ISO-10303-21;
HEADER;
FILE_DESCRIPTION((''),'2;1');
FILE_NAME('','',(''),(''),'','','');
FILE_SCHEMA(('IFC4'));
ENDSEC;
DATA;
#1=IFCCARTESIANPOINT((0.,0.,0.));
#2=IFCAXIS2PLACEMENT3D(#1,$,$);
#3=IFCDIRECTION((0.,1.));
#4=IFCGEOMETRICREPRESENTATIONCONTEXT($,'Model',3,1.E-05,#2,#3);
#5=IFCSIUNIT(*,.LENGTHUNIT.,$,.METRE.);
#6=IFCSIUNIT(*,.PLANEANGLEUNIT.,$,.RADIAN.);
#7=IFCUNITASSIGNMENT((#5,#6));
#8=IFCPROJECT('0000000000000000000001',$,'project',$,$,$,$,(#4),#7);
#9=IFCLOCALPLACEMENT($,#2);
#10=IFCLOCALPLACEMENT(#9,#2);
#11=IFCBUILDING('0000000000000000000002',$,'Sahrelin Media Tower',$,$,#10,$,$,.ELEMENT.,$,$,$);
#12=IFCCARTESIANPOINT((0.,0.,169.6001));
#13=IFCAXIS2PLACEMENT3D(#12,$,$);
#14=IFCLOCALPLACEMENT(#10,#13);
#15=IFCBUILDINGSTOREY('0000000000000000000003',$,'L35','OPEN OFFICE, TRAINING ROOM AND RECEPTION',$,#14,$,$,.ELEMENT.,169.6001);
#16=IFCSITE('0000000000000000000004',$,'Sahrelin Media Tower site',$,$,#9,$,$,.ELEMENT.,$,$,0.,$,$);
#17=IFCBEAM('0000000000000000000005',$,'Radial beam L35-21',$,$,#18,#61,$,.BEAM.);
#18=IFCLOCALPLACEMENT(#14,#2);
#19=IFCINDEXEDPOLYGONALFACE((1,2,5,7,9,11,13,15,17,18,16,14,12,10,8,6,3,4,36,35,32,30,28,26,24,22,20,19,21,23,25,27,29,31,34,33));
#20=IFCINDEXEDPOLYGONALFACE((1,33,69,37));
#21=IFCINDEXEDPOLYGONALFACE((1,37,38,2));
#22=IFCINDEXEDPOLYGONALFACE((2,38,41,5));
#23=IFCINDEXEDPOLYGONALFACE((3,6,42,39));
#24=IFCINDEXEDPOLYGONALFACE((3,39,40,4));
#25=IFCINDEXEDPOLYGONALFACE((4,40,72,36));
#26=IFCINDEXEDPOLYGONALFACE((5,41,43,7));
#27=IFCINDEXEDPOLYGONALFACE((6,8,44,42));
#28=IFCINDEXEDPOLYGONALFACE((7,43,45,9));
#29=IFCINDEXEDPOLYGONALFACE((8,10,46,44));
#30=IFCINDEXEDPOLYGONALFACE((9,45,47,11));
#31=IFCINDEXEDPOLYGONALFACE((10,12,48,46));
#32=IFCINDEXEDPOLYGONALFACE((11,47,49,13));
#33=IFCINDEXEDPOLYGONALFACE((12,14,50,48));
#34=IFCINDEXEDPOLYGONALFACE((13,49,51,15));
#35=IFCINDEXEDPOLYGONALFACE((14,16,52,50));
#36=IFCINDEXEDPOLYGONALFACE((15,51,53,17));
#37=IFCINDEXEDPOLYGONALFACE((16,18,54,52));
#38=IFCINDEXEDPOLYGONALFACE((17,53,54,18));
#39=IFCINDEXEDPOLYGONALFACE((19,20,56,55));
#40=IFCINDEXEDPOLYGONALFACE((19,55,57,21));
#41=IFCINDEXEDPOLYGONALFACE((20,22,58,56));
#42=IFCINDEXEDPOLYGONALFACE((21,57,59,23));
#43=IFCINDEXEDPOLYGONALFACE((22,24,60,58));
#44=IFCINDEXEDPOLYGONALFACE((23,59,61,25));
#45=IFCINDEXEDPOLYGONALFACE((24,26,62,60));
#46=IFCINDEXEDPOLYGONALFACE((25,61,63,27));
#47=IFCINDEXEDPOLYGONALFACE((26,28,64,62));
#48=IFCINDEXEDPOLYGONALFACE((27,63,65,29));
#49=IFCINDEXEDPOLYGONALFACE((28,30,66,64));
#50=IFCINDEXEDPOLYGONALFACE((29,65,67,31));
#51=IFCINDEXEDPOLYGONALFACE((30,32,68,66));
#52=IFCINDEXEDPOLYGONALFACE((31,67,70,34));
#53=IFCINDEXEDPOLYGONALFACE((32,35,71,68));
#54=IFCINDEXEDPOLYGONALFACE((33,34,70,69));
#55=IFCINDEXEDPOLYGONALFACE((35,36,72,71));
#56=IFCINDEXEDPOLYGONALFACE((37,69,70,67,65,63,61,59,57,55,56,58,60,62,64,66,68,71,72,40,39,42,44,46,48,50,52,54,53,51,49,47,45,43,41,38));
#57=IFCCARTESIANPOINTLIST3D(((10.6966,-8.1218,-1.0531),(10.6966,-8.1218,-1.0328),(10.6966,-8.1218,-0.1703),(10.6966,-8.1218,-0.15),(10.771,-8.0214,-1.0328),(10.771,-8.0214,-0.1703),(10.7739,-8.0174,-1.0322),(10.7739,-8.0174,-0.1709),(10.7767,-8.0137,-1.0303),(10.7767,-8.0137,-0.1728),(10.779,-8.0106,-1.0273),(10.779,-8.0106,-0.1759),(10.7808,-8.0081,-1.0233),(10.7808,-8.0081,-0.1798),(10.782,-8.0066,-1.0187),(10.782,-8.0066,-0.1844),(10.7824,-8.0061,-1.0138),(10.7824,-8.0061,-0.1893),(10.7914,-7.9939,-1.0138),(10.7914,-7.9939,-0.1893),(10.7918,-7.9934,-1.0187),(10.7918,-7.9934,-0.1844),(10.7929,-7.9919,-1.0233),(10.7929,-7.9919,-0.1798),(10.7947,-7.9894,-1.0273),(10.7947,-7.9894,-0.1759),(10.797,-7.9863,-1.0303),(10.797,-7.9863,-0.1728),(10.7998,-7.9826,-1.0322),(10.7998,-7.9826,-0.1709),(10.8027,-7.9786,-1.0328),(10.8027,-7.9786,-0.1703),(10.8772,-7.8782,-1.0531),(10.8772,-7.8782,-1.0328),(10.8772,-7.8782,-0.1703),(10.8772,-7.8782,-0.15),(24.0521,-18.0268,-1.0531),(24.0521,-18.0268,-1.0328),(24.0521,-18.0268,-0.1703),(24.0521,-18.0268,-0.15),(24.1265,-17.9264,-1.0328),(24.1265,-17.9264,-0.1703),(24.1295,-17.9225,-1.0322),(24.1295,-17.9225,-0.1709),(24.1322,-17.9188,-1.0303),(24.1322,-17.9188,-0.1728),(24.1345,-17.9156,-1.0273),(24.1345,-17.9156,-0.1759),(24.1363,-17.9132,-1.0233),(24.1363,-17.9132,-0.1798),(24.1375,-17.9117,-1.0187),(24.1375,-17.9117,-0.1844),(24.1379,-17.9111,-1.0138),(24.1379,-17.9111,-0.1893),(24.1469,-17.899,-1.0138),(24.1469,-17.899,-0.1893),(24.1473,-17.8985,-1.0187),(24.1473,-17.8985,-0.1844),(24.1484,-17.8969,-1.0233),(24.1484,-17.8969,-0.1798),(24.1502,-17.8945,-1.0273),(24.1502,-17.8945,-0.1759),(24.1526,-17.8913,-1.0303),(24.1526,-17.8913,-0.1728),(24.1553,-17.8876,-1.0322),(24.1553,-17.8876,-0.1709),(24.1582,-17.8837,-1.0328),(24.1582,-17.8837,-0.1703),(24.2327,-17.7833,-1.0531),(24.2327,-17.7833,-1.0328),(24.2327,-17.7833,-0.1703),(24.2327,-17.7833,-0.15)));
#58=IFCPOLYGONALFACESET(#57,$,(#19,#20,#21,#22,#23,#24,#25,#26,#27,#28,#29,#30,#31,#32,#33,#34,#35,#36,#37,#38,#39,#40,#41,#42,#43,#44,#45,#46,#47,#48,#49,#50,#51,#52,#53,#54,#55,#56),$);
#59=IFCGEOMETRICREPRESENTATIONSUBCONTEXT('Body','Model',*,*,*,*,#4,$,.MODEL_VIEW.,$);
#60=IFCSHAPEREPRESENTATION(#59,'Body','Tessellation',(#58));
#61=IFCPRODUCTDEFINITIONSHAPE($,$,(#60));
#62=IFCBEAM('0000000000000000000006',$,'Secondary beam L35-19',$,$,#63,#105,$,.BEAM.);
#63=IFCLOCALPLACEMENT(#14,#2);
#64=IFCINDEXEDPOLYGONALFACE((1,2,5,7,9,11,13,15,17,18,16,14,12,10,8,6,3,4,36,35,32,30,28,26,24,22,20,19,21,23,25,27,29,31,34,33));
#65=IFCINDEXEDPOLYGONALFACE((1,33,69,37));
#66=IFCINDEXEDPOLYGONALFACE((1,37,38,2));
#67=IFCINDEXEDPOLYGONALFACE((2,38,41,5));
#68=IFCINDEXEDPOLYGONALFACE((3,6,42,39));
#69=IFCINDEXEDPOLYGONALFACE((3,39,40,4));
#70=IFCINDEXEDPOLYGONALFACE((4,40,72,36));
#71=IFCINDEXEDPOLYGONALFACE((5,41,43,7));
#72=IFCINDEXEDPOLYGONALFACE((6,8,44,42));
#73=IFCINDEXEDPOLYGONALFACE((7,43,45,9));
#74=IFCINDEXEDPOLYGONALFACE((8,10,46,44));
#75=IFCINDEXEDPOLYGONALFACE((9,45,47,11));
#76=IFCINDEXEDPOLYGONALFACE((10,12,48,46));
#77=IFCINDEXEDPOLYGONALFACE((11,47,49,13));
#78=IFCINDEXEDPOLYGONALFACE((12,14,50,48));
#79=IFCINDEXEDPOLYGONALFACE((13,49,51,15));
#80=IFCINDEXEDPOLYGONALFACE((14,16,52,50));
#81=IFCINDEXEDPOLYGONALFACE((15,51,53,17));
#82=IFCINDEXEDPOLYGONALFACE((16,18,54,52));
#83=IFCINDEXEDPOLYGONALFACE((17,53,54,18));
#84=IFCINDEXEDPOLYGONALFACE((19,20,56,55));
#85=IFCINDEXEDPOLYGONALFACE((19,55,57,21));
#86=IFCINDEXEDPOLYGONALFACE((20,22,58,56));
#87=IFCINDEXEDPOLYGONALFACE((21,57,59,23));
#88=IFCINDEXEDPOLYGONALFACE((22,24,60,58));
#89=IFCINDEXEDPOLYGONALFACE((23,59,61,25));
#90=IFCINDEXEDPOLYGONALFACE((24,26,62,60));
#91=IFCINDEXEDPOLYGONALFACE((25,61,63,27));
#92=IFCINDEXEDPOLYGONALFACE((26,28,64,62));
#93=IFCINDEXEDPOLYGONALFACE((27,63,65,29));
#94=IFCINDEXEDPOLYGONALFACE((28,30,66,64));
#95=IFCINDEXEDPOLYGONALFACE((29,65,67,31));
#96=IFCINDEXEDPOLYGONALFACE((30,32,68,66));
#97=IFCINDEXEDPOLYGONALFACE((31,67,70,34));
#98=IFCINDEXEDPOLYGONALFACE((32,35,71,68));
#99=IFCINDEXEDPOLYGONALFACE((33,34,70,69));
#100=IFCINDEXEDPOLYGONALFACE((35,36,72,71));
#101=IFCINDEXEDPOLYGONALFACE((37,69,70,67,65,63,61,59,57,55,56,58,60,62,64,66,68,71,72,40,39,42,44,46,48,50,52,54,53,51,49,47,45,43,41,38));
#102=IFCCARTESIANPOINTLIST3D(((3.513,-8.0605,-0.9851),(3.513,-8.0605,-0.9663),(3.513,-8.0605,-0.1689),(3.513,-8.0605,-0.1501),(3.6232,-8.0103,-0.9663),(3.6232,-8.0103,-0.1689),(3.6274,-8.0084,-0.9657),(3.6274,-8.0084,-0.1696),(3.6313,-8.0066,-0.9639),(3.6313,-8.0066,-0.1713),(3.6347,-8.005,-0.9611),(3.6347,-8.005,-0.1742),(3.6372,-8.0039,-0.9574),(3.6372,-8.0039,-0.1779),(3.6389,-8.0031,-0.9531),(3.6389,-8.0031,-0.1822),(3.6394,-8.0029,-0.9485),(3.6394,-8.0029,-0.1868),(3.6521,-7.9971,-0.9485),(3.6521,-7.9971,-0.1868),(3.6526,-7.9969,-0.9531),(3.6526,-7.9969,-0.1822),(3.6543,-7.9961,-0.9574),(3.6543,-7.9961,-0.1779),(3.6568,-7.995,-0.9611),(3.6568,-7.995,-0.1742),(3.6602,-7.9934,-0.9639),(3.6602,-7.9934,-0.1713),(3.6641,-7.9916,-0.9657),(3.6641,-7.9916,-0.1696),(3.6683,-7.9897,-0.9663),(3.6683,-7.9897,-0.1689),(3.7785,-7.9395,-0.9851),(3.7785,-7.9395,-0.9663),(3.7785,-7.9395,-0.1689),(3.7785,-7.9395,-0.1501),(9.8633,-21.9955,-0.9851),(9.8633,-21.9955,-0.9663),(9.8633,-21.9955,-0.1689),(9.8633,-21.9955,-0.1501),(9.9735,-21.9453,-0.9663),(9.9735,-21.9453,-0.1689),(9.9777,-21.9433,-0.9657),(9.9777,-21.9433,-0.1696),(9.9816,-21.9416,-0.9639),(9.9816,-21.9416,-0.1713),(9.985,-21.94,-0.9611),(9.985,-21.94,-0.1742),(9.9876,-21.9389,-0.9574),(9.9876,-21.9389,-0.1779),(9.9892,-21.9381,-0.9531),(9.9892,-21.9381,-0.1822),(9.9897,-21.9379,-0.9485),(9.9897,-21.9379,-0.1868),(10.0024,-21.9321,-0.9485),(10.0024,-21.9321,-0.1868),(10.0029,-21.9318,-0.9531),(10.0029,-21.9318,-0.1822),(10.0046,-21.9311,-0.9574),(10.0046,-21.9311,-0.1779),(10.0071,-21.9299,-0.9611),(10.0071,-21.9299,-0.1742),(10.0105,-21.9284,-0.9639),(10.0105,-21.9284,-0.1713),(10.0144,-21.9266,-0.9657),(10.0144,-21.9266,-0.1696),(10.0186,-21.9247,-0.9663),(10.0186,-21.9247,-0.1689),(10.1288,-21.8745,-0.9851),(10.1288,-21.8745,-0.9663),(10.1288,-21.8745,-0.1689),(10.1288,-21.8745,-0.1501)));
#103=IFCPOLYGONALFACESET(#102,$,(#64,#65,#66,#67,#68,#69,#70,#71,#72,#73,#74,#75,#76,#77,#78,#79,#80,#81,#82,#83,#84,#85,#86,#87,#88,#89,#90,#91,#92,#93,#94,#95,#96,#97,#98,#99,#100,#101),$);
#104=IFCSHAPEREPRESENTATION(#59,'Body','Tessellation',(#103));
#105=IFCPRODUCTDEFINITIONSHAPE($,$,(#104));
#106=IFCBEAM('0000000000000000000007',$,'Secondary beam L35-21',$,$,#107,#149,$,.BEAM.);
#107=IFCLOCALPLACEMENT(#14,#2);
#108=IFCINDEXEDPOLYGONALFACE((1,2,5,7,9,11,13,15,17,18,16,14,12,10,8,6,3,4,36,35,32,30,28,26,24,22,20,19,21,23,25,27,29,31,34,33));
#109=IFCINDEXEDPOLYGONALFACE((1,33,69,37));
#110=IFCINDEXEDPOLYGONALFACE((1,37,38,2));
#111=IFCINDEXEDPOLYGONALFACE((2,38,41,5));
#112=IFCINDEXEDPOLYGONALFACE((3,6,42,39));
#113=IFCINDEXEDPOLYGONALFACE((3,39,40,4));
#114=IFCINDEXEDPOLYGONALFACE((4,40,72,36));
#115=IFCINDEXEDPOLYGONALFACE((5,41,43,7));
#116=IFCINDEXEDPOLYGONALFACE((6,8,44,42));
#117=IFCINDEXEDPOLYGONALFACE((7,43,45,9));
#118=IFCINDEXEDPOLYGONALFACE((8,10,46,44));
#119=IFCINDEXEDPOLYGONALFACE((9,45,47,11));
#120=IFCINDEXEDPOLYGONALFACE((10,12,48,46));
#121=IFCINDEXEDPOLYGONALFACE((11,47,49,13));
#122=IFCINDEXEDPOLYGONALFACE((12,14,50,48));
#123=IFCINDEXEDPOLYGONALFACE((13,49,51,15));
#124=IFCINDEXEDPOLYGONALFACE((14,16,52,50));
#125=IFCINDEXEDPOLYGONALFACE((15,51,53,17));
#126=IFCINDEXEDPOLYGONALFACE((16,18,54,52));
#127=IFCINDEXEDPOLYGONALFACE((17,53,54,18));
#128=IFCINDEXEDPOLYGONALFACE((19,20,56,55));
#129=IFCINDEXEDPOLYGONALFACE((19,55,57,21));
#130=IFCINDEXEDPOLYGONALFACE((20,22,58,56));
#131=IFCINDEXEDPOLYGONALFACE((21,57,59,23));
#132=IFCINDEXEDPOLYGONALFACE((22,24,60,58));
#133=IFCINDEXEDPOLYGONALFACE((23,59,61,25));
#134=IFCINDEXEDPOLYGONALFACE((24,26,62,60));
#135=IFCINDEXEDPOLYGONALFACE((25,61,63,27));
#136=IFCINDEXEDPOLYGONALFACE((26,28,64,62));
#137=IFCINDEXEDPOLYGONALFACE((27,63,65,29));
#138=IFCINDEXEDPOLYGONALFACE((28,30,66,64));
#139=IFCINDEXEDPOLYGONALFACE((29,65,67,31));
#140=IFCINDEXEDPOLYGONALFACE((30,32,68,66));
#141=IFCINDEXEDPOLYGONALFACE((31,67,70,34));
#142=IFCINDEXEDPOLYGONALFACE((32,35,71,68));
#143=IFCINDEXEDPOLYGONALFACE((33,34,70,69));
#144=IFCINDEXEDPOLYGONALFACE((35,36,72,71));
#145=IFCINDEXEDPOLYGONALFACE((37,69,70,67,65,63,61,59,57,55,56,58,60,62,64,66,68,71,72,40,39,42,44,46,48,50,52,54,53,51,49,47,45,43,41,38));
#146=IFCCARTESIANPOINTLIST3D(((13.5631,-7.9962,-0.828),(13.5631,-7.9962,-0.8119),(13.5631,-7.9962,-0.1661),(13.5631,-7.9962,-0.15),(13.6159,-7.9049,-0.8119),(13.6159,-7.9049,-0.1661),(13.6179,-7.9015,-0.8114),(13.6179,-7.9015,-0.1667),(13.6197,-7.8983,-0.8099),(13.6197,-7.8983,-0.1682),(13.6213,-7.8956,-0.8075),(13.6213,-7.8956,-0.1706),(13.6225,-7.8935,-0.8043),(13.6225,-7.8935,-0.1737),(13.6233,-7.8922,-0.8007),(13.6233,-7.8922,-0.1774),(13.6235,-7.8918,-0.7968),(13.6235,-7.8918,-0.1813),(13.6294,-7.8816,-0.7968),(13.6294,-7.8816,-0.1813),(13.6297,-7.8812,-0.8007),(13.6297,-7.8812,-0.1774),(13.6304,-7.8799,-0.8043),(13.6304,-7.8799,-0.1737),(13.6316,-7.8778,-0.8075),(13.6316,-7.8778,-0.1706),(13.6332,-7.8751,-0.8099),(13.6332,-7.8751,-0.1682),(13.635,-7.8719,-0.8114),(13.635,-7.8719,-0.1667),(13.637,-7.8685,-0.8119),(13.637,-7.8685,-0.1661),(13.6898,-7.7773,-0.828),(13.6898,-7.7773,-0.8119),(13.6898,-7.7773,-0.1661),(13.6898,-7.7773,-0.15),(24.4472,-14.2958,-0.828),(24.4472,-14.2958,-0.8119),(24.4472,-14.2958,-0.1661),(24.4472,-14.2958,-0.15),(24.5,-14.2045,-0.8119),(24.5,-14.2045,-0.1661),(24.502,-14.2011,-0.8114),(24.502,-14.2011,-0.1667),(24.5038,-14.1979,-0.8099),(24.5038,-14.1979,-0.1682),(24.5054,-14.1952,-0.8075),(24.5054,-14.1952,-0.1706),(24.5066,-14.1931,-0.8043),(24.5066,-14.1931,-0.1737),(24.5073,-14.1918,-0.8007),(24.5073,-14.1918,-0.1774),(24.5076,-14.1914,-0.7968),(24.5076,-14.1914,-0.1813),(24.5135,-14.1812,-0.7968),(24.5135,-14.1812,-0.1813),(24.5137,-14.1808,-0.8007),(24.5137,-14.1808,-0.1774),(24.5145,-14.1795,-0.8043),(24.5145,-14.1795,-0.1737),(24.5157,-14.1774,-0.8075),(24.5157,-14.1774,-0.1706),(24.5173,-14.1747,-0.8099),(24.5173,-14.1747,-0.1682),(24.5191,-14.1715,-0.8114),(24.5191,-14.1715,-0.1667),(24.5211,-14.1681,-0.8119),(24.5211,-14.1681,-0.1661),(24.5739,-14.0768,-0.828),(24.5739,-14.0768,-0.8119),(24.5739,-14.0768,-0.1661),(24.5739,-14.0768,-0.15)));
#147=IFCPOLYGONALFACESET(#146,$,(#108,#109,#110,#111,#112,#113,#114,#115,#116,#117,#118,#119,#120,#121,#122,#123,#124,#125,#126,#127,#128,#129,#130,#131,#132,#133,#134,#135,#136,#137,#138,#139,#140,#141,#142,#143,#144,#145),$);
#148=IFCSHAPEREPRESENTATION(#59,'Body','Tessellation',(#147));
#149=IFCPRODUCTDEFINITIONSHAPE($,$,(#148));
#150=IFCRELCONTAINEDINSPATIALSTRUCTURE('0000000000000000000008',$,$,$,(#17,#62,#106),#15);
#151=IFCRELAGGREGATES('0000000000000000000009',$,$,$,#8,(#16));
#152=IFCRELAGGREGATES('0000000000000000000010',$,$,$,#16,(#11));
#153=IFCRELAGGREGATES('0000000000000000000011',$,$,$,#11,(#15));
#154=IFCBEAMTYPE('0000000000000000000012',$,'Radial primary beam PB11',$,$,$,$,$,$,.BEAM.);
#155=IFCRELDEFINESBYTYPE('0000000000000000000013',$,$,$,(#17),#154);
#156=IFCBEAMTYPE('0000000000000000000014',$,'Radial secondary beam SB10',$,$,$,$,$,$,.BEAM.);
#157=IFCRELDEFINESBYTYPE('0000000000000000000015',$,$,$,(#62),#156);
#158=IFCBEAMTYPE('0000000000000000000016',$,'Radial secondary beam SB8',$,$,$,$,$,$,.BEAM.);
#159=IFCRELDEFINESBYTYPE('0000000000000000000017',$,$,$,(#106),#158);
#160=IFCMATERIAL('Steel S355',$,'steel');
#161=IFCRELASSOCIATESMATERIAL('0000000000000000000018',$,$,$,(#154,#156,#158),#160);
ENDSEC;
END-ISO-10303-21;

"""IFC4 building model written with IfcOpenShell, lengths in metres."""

from ifc_helpers import new_model, si_unit, direction, frame, origin, origin_2d, place, context, subcontext, project, spatial, i_section, extrude, material, material_profile, profile_set, type_object, element, save


model = new_model("IFC4")

# Units and contexts
model_context = context("Model", 3, precision=1e-05, world=origin(), true_north=direction((0.0, 1.0)))
body_context = subcontext(model_context, "Body", "Model", "MODEL_VIEW")
ifc_project = project(units=[si_unit("LENGTHUNIT", "METRE"), si_unit("PLANEANGLEUNIT", "RADIAN")], contexts=[model_context])

# Site, building, storey
site_placement = place(None, origin())
site = spatial("IfcSite", under=ifc_project, at=site_placement, Name="Sahrelin Media Tower site", CompositionType="ELEMENT", RefElevation=0.0)
building_placement = place(site_placement, origin())
building = spatial("IfcBuilding", under=site, at=building_placement, Name="Sahrelin Media Tower", CompositionType="ELEMENT")
storey_placement = place(building_placement, frame((0.0, 0.0, 169.6001)))
storey = spatial("IfcBuildingStorey", under=building, at=storey_placement, Name="L35", Description="OPEN OFFICE, TRAINING ROOM AND RECEPTION", CompositionType="ELEMENT", Elevation=169.6001)

# Shared definitions
ifc_material_1 = material(Name="Steel S355", Category="steel")

# Beams
ifc_material_profile_1 = material_profile(ifc_material_1, i_section(OverallWidth=0.3032, OverallDepth=0.9031, WebThickness=0.0151, FlangeThickness=0.0203, FilletRadius=0.019, at=origin_2d()), Name="UB 914x305x201")
ifc_profile_set_1 = profile_set([ifc_material_profile_1], Name="Steel S355")
beam_type_1 = type_object("IfcBeamType", Name="Radial primary beam PB11", PredefinedType="BEAM", material=ifc_profile_set_1)
beam_1_placement = place(storey_placement, frame((10.7869, -8.0, -0.6016), z_axis=(0.803209, -0.595697, 0.0), x_axis=(0.595697, 0.803209, 0.0)))
element("IfcBeam", 1, at=beam_1_placement, inside=storey, type_object=beam_type_1, Name="Radial beam L35-21", PredefinedType="BEAM", context=body_context, shape_type="SweptSolid", body=[
    extrude(i_section(OverallWidth=0.3032, OverallDepth=0.9031, WebThickness=0.0151, FlangeThickness=0.0203, FilletRadius=0.019, at=origin_2d()), origin(), (0.0, 0.0, 1.0), 16.6277),
])
ifc_material_profile_2 = material_profile(ifc_material_1, i_section(OverallWidth=0.2917, OverallDepth=0.835, WebThickness=0.0139, FlangeThickness=0.0188, FilletRadius=0.0178, at=origin_2d()), Name="UB 838x292x176")
ifc_profile_set_2 = profile_set([ifc_material_profile_2], Name="Steel S355")
beam_type_2 = type_object("IfcBeamType", Name="Radial secondary beam SB10", PredefinedType="BEAM", material=ifc_profile_set_2)
beam_2_placement = place(storey_placement, frame((3.6458, -8.0, -0.5676), z_axis=(0.414681, -0.909967, 0.0), x_axis=(0.909967, 0.414681, 0.0)))
element("IfcBeam", 2, at=beam_2_placement, inside=storey, type_object=beam_type_2, Name="Secondary beam L35-19", PredefinedType="BEAM", context=body_context, shape_type="SweptSolid", body=[
    extrude(i_section(OverallWidth=0.2917, OverallDepth=0.835, WebThickness=0.0139, FlangeThickness=0.0188, FilletRadius=0.0178, at=origin_2d()), origin(), (0.0, 0.0, 1.0), 15.3137),
])
ifc_material_profile_3 = material_profile(ifc_material_1, i_section(OverallWidth=0.2529, OverallDepth=0.678, WebThickness=0.0117, FlangeThickness=0.0161, FilletRadius=0.0151, at=origin_2d()), Name="UB 686x254x125")
ifc_profile_set_3 = profile_set([ifc_material_profile_3], Name="Steel S355")
beam_type_3 = type_object("IfcBeamType", Name="Radial secondary beam SB8", PredefinedType="BEAM", material=ifc_profile_set_3)
beam_3_placement = place(storey_placement, frame((13.6265, -7.8867, -0.489), z_axis=(0.865486, -0.500934, 0.0), x_axis=(0.500934, 0.865486, 0.0)))
element("IfcBeam", 3, at=beam_3_placement, inside=storey, type_object=beam_type_3, Name="Secondary beam L35-21", PredefinedType="BEAM", context=body_context, shape_type="SweptSolid", body=[
    extrude(i_section(OverallWidth=0.2529, OverallDepth=0.678, WebThickness=0.0117, FlangeThickness=0.0161, FilletRadius=0.0151, at=origin_2d()), origin(), (0.0, 0.0, 1.0), 12.5757),
])

save(model, "model.ifc")
